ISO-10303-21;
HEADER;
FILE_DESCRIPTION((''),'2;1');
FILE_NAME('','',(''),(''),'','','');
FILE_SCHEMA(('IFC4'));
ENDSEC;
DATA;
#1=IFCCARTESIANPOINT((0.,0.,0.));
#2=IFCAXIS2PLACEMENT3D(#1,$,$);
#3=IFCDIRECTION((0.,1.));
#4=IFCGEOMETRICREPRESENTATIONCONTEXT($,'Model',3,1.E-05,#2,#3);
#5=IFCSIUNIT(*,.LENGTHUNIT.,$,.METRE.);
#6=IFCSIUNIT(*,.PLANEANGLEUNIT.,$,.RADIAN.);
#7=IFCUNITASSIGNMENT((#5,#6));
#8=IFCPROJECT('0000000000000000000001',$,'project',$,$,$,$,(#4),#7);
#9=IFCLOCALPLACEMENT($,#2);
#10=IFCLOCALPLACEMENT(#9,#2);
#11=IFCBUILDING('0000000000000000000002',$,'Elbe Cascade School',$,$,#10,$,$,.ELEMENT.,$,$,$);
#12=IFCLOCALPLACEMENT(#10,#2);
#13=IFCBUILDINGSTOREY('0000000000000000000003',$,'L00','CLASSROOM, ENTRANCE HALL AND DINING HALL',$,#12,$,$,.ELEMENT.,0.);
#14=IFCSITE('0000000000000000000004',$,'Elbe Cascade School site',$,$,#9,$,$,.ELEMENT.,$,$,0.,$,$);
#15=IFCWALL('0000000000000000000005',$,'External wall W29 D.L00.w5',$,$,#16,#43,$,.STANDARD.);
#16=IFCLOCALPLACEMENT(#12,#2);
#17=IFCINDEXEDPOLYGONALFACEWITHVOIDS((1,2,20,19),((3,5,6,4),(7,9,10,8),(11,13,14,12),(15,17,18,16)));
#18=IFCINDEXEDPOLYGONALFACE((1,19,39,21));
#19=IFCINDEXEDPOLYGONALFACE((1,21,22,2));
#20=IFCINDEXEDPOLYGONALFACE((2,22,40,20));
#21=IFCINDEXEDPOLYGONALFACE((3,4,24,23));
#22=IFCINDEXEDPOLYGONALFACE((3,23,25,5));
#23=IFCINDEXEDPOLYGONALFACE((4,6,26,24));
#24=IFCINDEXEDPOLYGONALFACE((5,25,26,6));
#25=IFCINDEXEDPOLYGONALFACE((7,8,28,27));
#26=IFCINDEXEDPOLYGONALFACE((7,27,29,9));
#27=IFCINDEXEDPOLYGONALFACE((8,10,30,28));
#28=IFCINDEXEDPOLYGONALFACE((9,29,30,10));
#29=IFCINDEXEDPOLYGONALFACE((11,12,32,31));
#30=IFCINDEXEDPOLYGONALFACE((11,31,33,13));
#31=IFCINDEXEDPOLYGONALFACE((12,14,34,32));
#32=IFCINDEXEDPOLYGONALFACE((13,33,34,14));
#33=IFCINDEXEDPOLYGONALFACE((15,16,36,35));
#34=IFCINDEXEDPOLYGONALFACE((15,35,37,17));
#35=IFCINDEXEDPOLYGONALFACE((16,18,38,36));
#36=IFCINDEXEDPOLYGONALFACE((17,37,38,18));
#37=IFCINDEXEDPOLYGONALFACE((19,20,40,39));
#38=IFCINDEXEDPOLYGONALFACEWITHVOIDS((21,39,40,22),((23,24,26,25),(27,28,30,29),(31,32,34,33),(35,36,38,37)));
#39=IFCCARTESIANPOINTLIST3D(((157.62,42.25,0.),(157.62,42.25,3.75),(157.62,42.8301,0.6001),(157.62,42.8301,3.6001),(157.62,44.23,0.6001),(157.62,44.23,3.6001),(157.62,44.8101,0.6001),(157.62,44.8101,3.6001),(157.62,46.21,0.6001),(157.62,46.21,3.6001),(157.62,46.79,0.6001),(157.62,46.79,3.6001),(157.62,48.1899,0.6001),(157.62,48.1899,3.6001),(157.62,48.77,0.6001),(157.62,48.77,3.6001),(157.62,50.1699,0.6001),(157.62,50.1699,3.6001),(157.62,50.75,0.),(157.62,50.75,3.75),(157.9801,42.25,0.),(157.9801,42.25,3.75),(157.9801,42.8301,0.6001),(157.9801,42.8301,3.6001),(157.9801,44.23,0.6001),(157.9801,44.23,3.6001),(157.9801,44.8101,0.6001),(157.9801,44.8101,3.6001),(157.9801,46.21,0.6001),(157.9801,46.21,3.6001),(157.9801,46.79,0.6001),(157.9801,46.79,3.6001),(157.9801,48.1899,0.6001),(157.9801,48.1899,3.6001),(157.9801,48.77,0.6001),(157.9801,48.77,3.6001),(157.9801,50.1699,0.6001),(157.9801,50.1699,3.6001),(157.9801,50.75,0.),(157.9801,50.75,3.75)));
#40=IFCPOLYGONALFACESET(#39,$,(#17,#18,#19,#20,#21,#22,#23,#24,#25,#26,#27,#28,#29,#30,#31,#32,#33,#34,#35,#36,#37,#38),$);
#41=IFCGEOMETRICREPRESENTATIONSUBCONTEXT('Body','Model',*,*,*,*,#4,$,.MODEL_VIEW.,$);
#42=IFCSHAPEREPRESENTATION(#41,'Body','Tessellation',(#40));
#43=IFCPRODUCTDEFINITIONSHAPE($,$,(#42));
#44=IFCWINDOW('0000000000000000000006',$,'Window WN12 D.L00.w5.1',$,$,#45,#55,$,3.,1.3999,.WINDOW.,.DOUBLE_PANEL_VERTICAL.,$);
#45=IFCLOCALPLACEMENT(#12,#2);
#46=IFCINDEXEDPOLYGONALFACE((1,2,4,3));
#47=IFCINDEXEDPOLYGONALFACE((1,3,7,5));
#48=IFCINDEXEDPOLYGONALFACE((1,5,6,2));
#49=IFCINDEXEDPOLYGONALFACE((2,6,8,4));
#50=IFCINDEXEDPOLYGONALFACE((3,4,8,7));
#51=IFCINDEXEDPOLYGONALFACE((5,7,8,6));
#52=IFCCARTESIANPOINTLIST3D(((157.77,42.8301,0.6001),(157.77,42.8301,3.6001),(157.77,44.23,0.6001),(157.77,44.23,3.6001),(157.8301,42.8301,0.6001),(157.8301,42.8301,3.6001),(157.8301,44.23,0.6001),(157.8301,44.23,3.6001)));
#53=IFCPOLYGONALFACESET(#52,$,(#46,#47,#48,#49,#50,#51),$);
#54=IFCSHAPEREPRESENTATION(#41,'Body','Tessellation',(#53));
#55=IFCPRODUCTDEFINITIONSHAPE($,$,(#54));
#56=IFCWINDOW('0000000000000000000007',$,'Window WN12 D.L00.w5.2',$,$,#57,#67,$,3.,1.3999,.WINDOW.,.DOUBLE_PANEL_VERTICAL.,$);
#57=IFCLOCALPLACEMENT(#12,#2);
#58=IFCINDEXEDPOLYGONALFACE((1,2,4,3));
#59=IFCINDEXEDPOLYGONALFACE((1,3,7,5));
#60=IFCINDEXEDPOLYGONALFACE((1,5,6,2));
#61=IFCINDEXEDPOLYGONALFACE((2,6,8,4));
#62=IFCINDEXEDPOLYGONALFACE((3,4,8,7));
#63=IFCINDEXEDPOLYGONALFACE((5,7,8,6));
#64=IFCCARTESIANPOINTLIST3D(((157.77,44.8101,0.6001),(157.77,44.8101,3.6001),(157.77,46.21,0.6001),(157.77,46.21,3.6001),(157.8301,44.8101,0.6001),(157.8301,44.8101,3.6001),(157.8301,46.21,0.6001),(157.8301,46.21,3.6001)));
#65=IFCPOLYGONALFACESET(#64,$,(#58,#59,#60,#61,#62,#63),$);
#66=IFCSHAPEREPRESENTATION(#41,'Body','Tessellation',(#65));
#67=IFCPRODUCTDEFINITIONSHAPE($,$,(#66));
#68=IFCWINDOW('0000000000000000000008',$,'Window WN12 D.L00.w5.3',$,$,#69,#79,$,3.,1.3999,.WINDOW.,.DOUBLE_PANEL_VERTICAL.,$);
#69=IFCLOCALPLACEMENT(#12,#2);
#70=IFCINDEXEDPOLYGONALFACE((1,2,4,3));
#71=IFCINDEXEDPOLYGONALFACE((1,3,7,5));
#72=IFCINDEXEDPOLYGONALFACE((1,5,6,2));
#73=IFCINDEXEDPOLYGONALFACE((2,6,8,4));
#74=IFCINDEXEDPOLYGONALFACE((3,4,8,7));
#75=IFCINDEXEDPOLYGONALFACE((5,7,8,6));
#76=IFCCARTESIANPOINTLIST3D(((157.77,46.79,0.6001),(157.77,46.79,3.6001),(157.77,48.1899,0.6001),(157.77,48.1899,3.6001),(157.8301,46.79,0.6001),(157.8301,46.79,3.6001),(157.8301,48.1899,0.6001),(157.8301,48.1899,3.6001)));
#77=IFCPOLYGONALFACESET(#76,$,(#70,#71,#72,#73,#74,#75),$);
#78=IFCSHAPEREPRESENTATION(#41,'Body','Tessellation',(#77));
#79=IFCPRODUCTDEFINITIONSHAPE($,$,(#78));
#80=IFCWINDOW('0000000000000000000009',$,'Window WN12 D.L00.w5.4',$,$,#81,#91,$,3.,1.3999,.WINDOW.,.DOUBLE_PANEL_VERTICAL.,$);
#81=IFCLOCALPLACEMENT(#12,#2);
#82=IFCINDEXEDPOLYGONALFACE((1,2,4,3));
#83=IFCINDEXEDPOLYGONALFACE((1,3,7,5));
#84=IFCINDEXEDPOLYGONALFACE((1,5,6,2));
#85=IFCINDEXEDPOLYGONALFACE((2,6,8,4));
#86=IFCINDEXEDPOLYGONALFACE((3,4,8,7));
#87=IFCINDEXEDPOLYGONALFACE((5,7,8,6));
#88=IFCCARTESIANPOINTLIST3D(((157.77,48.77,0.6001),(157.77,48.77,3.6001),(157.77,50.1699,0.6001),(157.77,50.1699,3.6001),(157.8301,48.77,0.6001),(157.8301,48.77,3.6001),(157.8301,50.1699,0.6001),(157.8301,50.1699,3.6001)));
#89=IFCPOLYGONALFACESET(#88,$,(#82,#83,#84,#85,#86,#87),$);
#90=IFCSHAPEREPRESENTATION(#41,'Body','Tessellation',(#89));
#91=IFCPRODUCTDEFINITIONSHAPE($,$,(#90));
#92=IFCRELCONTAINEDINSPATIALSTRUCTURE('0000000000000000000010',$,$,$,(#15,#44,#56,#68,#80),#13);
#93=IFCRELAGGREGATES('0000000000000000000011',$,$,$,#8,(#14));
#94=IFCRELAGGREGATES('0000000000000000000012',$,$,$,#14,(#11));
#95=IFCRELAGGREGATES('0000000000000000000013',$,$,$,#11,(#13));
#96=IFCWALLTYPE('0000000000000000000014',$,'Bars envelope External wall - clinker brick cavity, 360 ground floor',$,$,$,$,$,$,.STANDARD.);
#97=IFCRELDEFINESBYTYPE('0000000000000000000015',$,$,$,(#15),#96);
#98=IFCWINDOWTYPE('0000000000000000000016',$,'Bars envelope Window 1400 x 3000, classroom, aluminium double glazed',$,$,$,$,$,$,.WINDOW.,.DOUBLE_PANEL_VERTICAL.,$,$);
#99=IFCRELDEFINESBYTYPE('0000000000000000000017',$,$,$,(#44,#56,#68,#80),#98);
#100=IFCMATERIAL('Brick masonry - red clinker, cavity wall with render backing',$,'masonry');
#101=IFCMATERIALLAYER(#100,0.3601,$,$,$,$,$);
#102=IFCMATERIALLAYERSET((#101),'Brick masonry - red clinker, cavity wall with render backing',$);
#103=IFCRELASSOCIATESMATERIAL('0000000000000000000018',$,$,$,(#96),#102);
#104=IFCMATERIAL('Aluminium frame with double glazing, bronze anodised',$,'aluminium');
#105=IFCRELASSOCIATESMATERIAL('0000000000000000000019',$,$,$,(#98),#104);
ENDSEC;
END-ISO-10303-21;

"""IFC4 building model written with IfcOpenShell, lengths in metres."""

from ifc_helpers import new_model, si_unit, direction, frame, frame_2d, origin, place, context, subcontext, project, spatial, rectangle, extrude, material, layer, layer_set, type_object, element, fill, save


model = new_model("IFC4")

# Units and contexts
model_context = context("Model", 3, precision=1e-05, world=origin(), true_north=direction((0.0, 1.0)))
body_context = subcontext(model_context, "Body", "Model", "MODEL_VIEW")
ifc_project = project(units=[si_unit("LENGTHUNIT", "METRE"), si_unit("PLANEANGLEUNIT", "RADIAN")], contexts=[model_context])

# Site, building, storey
site_placement = place(None, origin())
site = spatial("IfcSite", under=ifc_project, at=site_placement, Name="Elbe Cascade School site", CompositionType="ELEMENT", RefElevation=0.0)
building_placement = place(site_placement, origin())
building = spatial("IfcBuilding", under=site, at=building_placement, Name="Elbe Cascade School", CompositionType="ELEMENT")
storey_placement = place(building_placement, origin())
storey = spatial("IfcBuildingStorey", under=building, at=storey_placement, Name="L00", Description="CLASSROOM, ENTRANCE HALL AND DINING HALL", CompositionType="ELEMENT", Elevation=0.0)

# Wall, openings, windows
ifc_material_1 = material(Name="Brick masonry - red clinker, cavity wall with render backing", Category="masonry")
ifc_layer_1 = layer(ifc_material_1, 0.3601)
ifc_layer_set_1 = layer_set([ifc_layer_1], Name="Brick masonry - red clinker, cavity wall with render backing")
wall_type_1 = type_object("IfcWallType", Name="Bars envelope External wall - clinker brick cavity, 360 ground floor", PredefinedType="STANDARD", material=ifc_layer_set_1)
wall_1_placement = place(storey_placement, frame((157.8, 42.25, 0.0), z_axis=(0.0, 0.0, 1.0), x_axis=(0.0, 1.0, 0.0)))
wall_1 = element("IfcWall", 1, at=wall_1_placement, inside=storey, type_object=wall_type_1, Name="External wall W29 D.L00.w5", PredefinedType="STANDARD", context=body_context, shape_type="SweptSolid", body=[
    extrude(rectangle(XDim=8.5, YDim=0.3601, at=frame_2d((4.25, 0.0))), origin(), (0.0, 0.0, 1.0), 3.75),
])
opening_1_placement = place(wall_1_placement, frame((0.5801, 0.0, 0.6001)))
opening_1 = element("IfcOpeningElement", 2, at=opening_1_placement, cuts=wall_1, PredefinedType="OPENING", context=body_context, shape_type="SweptSolid", body=[
    extrude(rectangle(XDim=1.3999, YDim=3.0, at=frame_2d((0.7, 1.5))), frame((0.0, 0.1899, 0.0), z_axis=(0.0, -1.0, 0.0), x_axis=(1.0, 0.0, 0.0)), (0.0, 0.0, 1.0), 0.3801),
])
opening_2_placement = place(wall_1_placement, frame((2.5601, 0.0, 0.6001)))
opening_2 = element("IfcOpeningElement", 3, at=opening_2_placement, cuts=wall_1, PredefinedType="OPENING", context=body_context, shape_type="SweptSolid", body=[
    extrude(rectangle(XDim=1.3999, YDim=3.0, at=frame_2d((0.7, 1.5))), frame((0.0, 0.1899, 0.0), z_axis=(0.0, -1.0, 0.0), x_axis=(1.0, 0.0, 0.0)), (0.0, 0.0, 1.0), 0.3801),
])
opening_3_placement = place(wall_1_placement, frame((4.54, 0.0, 0.6001)))
opening_3 = element("IfcOpeningElement", 4, at=opening_3_placement, cuts=wall_1, PredefinedType="OPENING", context=body_context, shape_type="SweptSolid", body=[
    extrude(rectangle(XDim=1.3999, YDim=3.0, at=frame_2d((0.7, 1.5))), frame((0.0, 0.1899, 0.0), z_axis=(0.0, -1.0, 0.0), x_axis=(1.0, 0.0, 0.0)), (0.0, 0.0, 1.0), 0.3801),
])
opening_4_placement = place(wall_1_placement, frame((6.52, 0.0, 0.6001)))
opening_4 = element("IfcOpeningElement", 5, at=opening_4_placement, cuts=wall_1, PredefinedType="OPENING", context=body_context, shape_type="SweptSolid", body=[
    extrude(rectangle(XDim=1.3999, YDim=3.0, at=frame_2d((0.7, 1.5))), frame((0.0, 0.1899, 0.0), z_axis=(0.0, -1.0, 0.0), x_axis=(1.0, 0.0, 0.0)), (0.0, 0.0, 1.0), 0.3801),
])
ifc_material_2 = material(Name="Aluminium frame with double glazing, bronze anodised", Category="aluminium")
window_type = type_object("IfcWindowType", Name="Bars envelope Window 1400 x 3000, classroom, aluminium double glazed", PartitioningType="DOUBLE_PANEL_VERTICAL", PredefinedType="WINDOW", material=ifc_material_2)
window_1_placement = place(opening_1_placement, origin())
window_1 = element("IfcWindow", 6, at=window_1_placement, inside=storey, type_object=window_type, Name="Window WN12 D.L00.w5.1", OverallHeight=3.0, OverallWidth=1.3999, PartitioningType="DOUBLE_PANEL_VERTICAL", PredefinedType="WINDOW", context=body_context, shape_type="SweptSolid", body=[
    extrude(rectangle(XDim=1.3999, YDim=3.0, at=frame_2d((0.7, 1.5))), frame((0.0, 0.03, 0.0), z_axis=(0.0, -1.0, 0.0), x_axis=(1.0, 0.0, 0.0)), (0.0, 0.0, 1.0), 0.0601),
])
fill(opening_1, window_1)
window_2_placement = place(opening_2_placement, origin())
window_2 = element("IfcWindow", 7, at=window_2_placement, inside=storey, type_object=window_type, Name="Window WN12 D.L00.w5.2", OverallHeight=3.0, OverallWidth=1.3999, PartitioningType="DOUBLE_PANEL_VERTICAL", PredefinedType="WINDOW", context=body_context, shape_type="SweptSolid", body=[
    extrude(rectangle(XDim=1.3999, YDim=3.0, at=frame_2d((0.7, 1.5))), frame((0.0, 0.03, 0.0), z_axis=(0.0, -1.0, 0.0), x_axis=(1.0, 0.0, 0.0)), (0.0, 0.0, 1.0), 0.0601),
])
fill(opening_2, window_2)
window_3_placement = place(opening_3_placement, origin())
window_3 = element("IfcWindow", 8, at=window_3_placement, inside=storey, type_object=window_type, Name="Window WN12 D.L00.w5.3", OverallHeight=3.0, OverallWidth=1.3999, PartitioningType="DOUBLE_PANEL_VERTICAL", PredefinedType="WINDOW", context=body_context, shape_type="SweptSolid", body=[
    extrude(rectangle(XDim=1.3999, YDim=3.0, at=frame_2d((0.7, 1.5))), frame((0.0, 0.03, 0.0), z_axis=(0.0, -1.0, 0.0), x_axis=(1.0, 0.0, 0.0)), (0.0, 0.0, 1.0), 0.0601),
])
fill(opening_3, window_3)
window_4_placement = place(opening_4_placement, origin())
window_4 = element("IfcWindow", 9, at=window_4_placement, inside=storey, type_object=window_type, Name="Window WN12 D.L00.w5.4", OverallHeight=3.0, OverallWidth=1.3999, PartitioningType="DOUBLE_PANEL_VERTICAL", PredefinedType="WINDOW", context=body_context, shape_type="SweptSolid", body=[
    extrude(rectangle(XDim=1.3999, YDim=3.0, at=frame_2d((0.7, 1.5))), frame((0.0, 0.03, 0.0), z_axis=(0.0, -1.0, 0.0), x_axis=(1.0, 0.0, 0.0)), (0.0, 0.0, 1.0), 0.0601),
])
fill(opening_4, window_4)

save(model, "model.ifc")
